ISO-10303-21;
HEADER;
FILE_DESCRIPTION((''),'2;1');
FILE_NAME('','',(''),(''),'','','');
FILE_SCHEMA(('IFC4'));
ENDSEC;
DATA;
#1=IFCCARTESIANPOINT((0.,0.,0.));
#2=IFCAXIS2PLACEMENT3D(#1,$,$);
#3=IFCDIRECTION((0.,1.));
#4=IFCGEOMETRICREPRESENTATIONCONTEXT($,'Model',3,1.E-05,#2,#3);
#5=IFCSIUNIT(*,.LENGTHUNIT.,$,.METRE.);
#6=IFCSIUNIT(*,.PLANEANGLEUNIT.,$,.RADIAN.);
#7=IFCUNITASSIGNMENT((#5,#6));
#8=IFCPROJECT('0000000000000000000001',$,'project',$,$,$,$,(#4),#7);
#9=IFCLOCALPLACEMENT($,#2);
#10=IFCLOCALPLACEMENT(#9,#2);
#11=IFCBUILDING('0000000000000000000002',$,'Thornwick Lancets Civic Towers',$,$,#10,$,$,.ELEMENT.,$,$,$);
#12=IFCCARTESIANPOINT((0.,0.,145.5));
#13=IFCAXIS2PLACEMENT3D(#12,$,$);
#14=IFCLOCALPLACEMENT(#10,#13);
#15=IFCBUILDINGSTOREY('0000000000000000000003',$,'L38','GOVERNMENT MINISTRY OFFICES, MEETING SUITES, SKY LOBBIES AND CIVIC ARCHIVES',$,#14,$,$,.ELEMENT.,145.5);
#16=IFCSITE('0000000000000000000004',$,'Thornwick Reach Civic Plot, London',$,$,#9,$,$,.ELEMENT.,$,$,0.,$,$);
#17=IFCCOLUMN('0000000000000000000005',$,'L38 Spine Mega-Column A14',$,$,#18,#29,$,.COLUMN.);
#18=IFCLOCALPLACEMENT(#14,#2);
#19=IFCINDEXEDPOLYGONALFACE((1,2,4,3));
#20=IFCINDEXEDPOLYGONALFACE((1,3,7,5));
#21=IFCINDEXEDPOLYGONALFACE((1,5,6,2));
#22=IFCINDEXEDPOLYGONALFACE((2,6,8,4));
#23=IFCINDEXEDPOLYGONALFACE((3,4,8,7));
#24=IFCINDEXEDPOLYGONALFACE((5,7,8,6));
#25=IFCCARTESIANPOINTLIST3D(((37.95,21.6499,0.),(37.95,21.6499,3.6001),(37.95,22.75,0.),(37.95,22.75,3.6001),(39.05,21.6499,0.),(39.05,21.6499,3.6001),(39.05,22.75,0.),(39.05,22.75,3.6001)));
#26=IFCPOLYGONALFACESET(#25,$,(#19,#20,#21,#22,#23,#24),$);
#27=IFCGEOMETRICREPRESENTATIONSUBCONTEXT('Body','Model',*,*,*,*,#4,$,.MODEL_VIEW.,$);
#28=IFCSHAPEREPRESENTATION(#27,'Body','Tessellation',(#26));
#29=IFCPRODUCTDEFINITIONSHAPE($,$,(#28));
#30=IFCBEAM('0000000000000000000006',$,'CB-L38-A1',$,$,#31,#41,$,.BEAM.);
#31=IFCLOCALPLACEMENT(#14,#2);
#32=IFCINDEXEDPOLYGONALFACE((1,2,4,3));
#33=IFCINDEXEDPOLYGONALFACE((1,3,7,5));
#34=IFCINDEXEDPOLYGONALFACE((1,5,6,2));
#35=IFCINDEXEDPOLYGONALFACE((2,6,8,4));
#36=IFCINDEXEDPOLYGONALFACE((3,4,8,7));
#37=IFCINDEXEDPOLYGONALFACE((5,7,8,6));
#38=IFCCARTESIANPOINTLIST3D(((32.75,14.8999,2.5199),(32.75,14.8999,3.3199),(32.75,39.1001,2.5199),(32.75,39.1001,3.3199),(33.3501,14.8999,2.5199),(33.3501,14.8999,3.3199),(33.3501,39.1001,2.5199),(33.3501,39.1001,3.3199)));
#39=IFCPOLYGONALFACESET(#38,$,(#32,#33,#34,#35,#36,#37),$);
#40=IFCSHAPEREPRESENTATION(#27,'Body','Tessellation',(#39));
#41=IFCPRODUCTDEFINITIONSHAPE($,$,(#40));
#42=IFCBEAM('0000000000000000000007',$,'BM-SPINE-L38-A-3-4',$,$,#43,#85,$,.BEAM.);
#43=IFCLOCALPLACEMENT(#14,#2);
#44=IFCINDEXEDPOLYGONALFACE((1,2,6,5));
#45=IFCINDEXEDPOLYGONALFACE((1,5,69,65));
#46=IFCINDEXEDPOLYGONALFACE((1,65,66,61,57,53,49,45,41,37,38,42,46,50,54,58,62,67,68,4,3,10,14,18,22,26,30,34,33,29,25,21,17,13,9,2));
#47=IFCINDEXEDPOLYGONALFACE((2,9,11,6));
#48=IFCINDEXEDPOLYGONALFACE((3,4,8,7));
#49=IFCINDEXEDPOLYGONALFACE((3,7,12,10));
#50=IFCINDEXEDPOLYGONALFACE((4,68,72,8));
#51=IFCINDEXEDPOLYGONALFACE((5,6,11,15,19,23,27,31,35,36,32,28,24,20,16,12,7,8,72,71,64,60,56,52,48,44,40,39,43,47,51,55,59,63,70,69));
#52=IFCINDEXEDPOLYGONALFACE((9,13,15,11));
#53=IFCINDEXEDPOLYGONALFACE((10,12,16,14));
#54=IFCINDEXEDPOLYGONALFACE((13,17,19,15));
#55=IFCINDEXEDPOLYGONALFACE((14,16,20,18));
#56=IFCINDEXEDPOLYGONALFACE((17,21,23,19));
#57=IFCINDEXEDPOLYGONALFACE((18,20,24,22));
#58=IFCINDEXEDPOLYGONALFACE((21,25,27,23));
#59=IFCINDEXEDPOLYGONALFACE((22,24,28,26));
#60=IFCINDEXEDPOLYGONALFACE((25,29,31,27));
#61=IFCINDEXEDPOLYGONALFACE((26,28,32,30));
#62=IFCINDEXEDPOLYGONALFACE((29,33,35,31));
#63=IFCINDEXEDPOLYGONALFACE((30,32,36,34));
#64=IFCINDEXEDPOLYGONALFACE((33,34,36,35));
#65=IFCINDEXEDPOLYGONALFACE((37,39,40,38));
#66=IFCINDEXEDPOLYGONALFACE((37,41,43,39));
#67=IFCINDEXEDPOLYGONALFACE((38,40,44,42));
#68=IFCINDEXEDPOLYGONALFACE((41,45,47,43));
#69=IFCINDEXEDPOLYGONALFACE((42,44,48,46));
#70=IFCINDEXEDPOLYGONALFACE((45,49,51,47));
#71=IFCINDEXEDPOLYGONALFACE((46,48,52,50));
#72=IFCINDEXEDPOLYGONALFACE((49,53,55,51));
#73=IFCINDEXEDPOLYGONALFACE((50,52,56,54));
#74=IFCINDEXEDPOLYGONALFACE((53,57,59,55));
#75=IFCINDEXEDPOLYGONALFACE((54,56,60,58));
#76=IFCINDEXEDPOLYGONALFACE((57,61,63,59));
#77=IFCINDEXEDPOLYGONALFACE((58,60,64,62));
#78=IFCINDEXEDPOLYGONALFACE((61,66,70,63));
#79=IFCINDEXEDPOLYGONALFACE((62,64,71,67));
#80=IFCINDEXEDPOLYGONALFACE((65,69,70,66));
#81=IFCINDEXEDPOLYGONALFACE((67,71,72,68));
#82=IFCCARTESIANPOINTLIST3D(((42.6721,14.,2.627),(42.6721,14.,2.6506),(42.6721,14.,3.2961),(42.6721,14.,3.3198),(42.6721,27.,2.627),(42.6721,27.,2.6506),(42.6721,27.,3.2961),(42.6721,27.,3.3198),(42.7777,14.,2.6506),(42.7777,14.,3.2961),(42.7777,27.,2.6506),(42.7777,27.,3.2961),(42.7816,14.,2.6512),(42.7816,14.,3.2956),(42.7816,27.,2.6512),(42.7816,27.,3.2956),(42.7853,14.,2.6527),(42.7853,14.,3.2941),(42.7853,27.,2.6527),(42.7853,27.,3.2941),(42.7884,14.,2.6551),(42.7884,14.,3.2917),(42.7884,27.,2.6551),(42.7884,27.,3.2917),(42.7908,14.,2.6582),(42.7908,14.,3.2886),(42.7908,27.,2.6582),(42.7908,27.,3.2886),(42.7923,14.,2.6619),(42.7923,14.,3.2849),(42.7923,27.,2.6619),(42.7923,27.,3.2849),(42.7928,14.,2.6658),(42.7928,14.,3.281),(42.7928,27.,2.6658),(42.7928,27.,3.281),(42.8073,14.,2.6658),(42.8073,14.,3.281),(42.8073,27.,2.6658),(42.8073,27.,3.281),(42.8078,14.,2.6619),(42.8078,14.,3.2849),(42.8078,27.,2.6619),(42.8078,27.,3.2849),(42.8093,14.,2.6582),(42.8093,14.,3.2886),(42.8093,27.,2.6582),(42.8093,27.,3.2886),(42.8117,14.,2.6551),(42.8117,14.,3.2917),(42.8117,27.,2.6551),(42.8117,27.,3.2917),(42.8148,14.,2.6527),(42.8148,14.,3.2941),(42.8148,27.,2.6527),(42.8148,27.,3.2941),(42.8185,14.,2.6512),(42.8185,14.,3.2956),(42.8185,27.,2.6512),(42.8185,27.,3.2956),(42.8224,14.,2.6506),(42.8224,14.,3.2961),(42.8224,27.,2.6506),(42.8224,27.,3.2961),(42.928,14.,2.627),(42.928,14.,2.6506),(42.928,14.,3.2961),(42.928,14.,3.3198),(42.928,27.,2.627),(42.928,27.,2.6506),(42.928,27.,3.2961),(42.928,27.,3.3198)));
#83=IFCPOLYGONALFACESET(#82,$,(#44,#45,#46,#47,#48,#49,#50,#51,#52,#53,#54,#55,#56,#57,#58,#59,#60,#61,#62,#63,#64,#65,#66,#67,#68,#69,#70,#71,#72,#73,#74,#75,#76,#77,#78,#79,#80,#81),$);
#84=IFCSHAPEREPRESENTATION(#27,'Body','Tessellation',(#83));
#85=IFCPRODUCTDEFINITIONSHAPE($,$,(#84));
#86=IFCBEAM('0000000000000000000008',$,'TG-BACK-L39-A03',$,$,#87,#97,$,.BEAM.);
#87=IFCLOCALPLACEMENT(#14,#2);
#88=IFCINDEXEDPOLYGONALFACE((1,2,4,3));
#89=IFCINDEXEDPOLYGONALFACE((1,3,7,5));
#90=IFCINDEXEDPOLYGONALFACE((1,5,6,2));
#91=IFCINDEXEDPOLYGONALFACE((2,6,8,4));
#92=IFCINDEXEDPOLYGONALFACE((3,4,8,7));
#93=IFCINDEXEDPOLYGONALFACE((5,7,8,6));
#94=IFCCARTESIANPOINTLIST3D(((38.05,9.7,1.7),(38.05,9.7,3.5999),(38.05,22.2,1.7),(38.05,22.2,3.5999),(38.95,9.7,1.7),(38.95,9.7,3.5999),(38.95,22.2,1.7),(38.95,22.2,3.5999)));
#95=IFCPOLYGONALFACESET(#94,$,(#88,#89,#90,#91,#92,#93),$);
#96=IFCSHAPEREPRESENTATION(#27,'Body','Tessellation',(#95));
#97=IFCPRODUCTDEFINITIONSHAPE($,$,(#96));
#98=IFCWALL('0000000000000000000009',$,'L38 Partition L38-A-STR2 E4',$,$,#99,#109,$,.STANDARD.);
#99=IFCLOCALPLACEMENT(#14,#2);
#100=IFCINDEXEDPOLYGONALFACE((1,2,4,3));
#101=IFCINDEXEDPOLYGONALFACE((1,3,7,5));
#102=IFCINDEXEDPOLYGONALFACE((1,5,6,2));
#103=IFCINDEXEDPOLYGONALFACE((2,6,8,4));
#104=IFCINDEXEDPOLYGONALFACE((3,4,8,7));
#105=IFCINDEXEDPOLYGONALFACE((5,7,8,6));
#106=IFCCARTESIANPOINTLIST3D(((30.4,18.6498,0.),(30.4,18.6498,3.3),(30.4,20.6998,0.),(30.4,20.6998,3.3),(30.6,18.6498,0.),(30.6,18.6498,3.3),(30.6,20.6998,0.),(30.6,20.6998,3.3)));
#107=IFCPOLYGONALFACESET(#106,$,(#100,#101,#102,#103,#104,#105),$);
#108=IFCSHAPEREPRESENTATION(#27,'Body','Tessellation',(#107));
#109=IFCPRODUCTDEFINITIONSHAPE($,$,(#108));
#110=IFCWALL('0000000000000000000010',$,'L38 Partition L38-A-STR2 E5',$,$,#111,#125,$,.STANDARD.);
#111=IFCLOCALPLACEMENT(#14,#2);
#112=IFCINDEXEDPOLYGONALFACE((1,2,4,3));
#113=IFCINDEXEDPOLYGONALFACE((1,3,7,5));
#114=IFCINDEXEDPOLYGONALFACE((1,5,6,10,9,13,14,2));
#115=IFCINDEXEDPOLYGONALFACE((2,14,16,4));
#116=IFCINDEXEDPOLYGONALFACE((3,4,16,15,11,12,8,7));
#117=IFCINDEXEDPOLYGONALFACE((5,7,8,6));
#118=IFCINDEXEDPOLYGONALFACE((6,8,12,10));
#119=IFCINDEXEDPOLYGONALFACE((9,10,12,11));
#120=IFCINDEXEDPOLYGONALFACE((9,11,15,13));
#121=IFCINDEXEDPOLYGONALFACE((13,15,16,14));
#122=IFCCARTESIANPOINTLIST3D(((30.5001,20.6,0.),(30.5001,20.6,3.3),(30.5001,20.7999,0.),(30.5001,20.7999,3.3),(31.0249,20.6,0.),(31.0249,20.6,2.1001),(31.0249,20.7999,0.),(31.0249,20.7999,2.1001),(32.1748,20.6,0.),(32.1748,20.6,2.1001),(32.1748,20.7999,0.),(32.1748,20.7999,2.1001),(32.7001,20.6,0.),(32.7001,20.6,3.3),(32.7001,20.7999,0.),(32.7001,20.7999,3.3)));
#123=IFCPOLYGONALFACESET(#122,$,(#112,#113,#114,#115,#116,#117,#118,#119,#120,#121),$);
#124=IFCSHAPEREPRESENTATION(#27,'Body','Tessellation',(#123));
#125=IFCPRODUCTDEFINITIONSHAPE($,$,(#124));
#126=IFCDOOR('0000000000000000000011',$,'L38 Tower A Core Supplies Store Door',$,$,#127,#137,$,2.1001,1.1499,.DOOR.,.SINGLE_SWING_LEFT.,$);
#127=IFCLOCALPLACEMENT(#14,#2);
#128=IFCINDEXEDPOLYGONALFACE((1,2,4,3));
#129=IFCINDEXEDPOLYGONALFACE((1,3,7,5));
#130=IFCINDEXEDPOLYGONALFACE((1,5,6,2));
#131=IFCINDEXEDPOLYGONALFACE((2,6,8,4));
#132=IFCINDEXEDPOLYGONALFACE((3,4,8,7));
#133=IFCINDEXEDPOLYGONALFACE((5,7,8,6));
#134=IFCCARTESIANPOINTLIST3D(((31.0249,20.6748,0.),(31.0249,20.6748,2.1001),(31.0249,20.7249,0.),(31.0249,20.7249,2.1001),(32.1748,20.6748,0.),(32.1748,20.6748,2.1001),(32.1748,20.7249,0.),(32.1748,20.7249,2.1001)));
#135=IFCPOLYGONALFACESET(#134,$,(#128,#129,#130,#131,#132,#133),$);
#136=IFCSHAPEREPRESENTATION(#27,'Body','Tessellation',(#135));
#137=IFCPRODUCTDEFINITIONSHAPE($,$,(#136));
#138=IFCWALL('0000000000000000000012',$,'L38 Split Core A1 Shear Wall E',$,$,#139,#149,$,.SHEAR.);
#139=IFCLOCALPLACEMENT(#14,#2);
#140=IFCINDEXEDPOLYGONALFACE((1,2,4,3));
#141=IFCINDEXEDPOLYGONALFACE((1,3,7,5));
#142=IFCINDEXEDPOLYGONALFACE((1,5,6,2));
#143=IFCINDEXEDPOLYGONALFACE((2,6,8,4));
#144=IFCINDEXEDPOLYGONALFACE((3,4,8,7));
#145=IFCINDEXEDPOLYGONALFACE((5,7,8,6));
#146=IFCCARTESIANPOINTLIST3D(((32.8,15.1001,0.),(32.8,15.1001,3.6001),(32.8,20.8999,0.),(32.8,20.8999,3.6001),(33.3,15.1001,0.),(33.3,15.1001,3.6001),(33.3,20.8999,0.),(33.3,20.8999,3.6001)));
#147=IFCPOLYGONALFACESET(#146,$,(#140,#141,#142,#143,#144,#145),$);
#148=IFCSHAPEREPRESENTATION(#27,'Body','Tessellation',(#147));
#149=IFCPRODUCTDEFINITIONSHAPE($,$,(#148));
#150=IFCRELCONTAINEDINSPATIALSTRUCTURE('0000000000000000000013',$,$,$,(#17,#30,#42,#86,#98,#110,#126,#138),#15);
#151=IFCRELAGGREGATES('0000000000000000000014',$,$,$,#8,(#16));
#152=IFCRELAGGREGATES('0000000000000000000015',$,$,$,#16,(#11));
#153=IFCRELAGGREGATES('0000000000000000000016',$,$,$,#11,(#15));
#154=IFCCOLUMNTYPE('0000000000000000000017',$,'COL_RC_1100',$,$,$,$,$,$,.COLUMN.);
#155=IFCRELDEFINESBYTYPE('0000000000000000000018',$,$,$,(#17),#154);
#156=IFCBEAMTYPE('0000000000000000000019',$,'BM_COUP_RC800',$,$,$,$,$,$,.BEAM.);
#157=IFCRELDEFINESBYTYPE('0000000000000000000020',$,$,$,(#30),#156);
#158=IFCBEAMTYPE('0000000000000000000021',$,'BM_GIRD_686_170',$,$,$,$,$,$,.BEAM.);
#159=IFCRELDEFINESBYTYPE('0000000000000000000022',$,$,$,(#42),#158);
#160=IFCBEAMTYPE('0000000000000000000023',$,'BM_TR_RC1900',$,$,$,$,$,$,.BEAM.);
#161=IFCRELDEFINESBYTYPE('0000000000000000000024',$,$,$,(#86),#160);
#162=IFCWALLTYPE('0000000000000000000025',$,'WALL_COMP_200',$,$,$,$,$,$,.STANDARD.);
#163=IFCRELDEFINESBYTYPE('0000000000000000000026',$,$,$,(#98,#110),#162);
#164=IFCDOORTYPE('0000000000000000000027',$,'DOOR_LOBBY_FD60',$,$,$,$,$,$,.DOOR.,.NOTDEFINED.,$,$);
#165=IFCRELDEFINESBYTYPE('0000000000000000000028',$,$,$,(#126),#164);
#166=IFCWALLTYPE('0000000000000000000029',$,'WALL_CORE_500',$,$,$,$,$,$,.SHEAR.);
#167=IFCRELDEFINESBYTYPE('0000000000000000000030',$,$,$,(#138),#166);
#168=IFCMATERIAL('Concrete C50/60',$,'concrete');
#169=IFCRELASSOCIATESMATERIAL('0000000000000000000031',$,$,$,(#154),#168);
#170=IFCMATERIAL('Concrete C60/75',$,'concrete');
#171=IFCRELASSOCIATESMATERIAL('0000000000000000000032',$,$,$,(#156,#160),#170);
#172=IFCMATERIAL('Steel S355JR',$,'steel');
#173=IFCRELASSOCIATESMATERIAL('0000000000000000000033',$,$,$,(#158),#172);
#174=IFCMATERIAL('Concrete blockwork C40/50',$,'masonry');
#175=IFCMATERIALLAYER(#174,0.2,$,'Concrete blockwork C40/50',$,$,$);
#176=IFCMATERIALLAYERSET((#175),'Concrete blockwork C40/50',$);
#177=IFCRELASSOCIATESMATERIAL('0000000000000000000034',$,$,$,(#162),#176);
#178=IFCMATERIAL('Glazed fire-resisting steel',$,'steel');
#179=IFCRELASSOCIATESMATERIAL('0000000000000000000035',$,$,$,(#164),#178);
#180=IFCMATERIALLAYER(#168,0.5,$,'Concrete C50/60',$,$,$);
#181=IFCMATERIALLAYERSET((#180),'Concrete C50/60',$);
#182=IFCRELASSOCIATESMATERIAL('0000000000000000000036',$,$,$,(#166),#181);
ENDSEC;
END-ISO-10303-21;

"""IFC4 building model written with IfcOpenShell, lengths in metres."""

from ifc_helpers import new_model, si_unit, direction, frame, frame_2d, origin, origin_2d, place, context, subcontext, project, spatial, rectangle, i_section, extrude, material, layer, layer_set, material_profile, profile_set, type_object, element, fill, save


model = new_model("IFC4")

# Units and contexts
model_context = context("Model", 3, precision=1e-05, world=origin(), true_north=direction((0.0, 1.0)))
body_context = subcontext(model_context, "Body", "Model", "MODEL_VIEW")
ifc_project = project(units=[si_unit("LENGTHUNIT", "METRE"), si_unit("PLANEANGLEUNIT", "RADIAN")], contexts=[model_context])

# Site, building, storey
site_placement = place(None, origin())
site = spatial("IfcSite", under=ifc_project, at=site_placement, Name="Thornwick Reach Civic Plot, London", CompositionType="ELEMENT", RefElevation=0.0)
building_placement = place(site_placement, origin())
building = spatial("IfcBuilding", under=site, at=building_placement, Name="Thornwick Lancets Civic Towers", CompositionType="ELEMENT")
storey_placement = place(building_placement, frame((0.0, 0.0, 145.5)))
storey = spatial("IfcBuildingStorey", under=building, at=storey_placement, Name="L38", Description="GOVERNMENT MINISTRY OFFICES, MEETING SUITES, SKY LOBBIES AND CIVIC ARCHIVES", CompositionType="ELEMENT", Elevation=145.5)

# Column
ifc_material_1 = material(Name="Concrete C50/60", Category="concrete")
ifc_material_profile_1 = material_profile(ifc_material_1, rectangle(XDim=1.1001, YDim=1.1001, at=origin_2d()), Name="RC 1100x1100")
ifc_profile_set_1 = profile_set([ifc_material_profile_1], Name="Concrete C50/60")
column_type = type_object("IfcColumnType", Name="COL_RC_1100", PredefinedType="COLUMN", material=ifc_profile_set_1)
column_placement = place(storey_placement, frame((38.5, 22.2, 0.0), z_axis=(0.0, 0.0, 1.0), x_axis=(1.0, 0.0, 0.0)))
element("IfcColumn", 1, at=column_placement, inside=storey, type_object=column_type, Name="L38 Spine Mega-Column A14", PredefinedType="COLUMN", context=body_context, shape_type="SweptSolid", body=[
    extrude(rectangle(XDim=1.1001, YDim=1.1001, at=origin_2d()), origin(), (0.0, 0.0, 1.0), 3.6001),
])

# Beams
ifc_material_2 = material(Name="Concrete C60/75", Category="concrete")
ifc_material_profile_2 = material_profile(ifc_material_2, rectangle(XDim=0.6001, YDim=0.8, at=origin_2d()), Name="RC 600x800")
ifc_profile_set_2 = profile_set([ifc_material_profile_2], Name="Concrete C60/75")
beam_type_1 = type_object("IfcBeamType", Name="BM_COUP_RC800", PredefinedType="BEAM", material=ifc_profile_set_2)
beam_1_placement = place(storey_placement, frame((33.05, 14.8999, 2.9199), z_axis=(0.0, 1.0, 0.0), x_axis=(-1.0, 0.0, 0.0)))
element("IfcBeam", 2, at=beam_1_placement, inside=storey, type_object=beam_type_1, Name="CB-L38-A1", PredefinedType="BEAM", context=body_context, shape_type="SweptSolid", body=[
    extrude(rectangle(XDim=0.6001, YDim=0.8, at=origin_2d()), origin(), (0.0, 0.0, 1.0), 24.2002),
])
ifc_material_3 = material(Name="Steel S355JR", Category="steel")
ifc_material_profile_3 = material_profile(ifc_material_3, i_section(OverallWidth=0.2559, OverallDepth=0.6929, WebThickness=0.0144, FlangeThickness=0.0237, FilletRadius=0.0151, at=origin_2d()), Name="UKB 686x254x170")
ifc_profile_set_3 = profile_set([ifc_material_profile_3], Name="Steel S355JR")
beam_type_2 = type_object("IfcBeamType", Name="BM_GIRD_686_170", PredefinedType="BEAM", material=ifc_profile_set_3)
beam_2_placement = place(storey_placement, frame((42.8, 14.0, 2.9734), z_axis=(0.0, 1.0, 0.0), x_axis=(-1.0, 0.0, 0.0)))
element("IfcBeam", 3, at=beam_2_placement, inside=storey, type_object=beam_type_2, Name="BM-SPINE-L38-A-3-4", PredefinedType="BEAM", context=body_context, shape_type="SweptSolid", body=[
    extrude(i_section(OverallWidth=0.2559, OverallDepth=0.6929, WebThickness=0.0144, FlangeThickness=0.0237, FilletRadius=0.0151, at=origin_2d()), origin(), (0.0, 0.0, 1.0), 13.0),
])
ifc_material_profile_4 = material_profile(ifc_material_2, rectangle(XDim=0.8999, YDim=1.8999, at=origin_2d()), Name="RC 900x1900")
ifc_profile_set_4 = profile_set([ifc_material_profile_4], Name="Concrete C60/75")
beam_type_3 = type_object("IfcBeamType", Name="BM_TR_RC1900", PredefinedType="BEAM", material=ifc_profile_set_4)
beam_3_placement = place(storey_placement, frame((38.5, 22.2, 2.6499), z_axis=(0.0, -1.0, 0.0), x_axis=(1.0, 0.0, 0.0)))
element("IfcBeam", 4, at=beam_3_placement, inside=storey, type_object=beam_type_3, Name="TG-BACK-L39-A03", PredefinedType="BEAM", context=body_context, shape_type="SweptSolid", body=[
    extrude(rectangle(XDim=0.8999, YDim=1.8999, at=origin_2d()), origin(), (0.0, 0.0, 1.0), 12.5),
])

# Wall
ifc_material_4 = material(Name="Concrete blockwork C40/50", Category="masonry")
ifc_layer_1 = layer(ifc_material_4, 0.2, Name="Concrete blockwork C40/50")
ifc_layer_set_1 = layer_set([ifc_layer_1], Name="Concrete blockwork C40/50")
wall_type_1 = type_object("IfcWallType", Name="WALL_COMP_200", PredefinedType="STANDARD", material=ifc_layer_set_1)
wall_1_placement = place(storey_placement, frame((30.5, 18.6499, 0.0), z_axis=(0.0, 0.0, 1.0), x_axis=(0.0, 1.0, 0.0)))
element("IfcWall", 5, at=wall_1_placement, inside=storey, type_object=wall_type_1, Name="L38 Partition L38-A-STR2 E4", PredefinedType="STANDARD", context=body_context, shape_type="SweptSolid", body=[
    extrude(rectangle(XDim=2.05, YDim=0.2, at=frame_2d((1.0249, 0.0))), origin(), (0.0, 0.0, 1.0), 3.3),
])

# Wall, opening, door
wall_2_placement = place(storey_placement, frame((30.5, 20.7, 0.0), z_axis=(0.0, 0.0, 1.0), x_axis=(1.0, 0.0, 0.0)))
wall_2 = element("IfcWall", 6, at=wall_2_placement, inside=storey, type_object=wall_type_1, Name="L38 Partition L38-A-STR2 E5", PredefinedType="STANDARD", context=body_context, shape_type="SweptSolid", body=[
    extrude(rectangle(XDim=2.2, YDim=0.2, at=frame_2d((1.1001, 0.0))), origin(), (0.0, 0.0, 1.0), 3.3),
])
opening_1_placement = place(wall_2_placement, frame((0.5249, 0.0, 0.0)))
opening_1 = element("IfcOpeningElement", 7, at=opening_1_placement, cuts=wall_2, PredefinedType="OPENING", context=body_context, shape_type="SweptSolid", body=[
    extrude(rectangle(XDim=1.1499, YDim=2.1001, at=frame_2d((0.575, 1.05))), frame((0.0, 0.1099, 0.0), z_axis=(0.0, -1.0, 0.0), x_axis=(1.0, 0.0, 0.0)), (0.0, 0.0, 1.0), 0.22),
])
ifc_material_5 = material(Name="Glazed fire-resisting steel", Category="steel")
door_type_1 = type_object("IfcDoorType", Name="DOOR_LOBBY_FD60", OperationType="NOTDEFINED", PredefinedType="DOOR", material=ifc_material_5)
door_1_placement = place(opening_1_placement, origin())
door_1 = element("IfcDoor", 8, at=door_1_placement, inside=storey, type_object=door_type_1, Name="L38 Tower A Core Supplies Store Door", OperationType="SINGLE_SWING_LEFT", OverallHeight=2.1001, OverallWidth=1.1499, PredefinedType="DOOR", context=body_context, shape_type="SweptSolid", body=[
    extrude(rectangle(XDim=1.1499, YDim=2.1001, at=frame_2d((0.575, 1.05))), frame((0.0, 0.0249, 0.0), z_axis=(0.0, -1.0, 0.0), x_axis=(1.0, 0.0, 0.0)), (0.0, 0.0, 1.0), 0.05),
])
fill(opening_1, door_1)

# Wall
ifc_layer_2 = layer(ifc_material_1, 0.5, Name="Concrete C50/60")
ifc_layer_set_2 = layer_set([ifc_layer_2], Name="Concrete C50/60")
wall_type_2 = type_object("IfcWallType", Name="WALL_CORE_500", PredefinedType="SHEAR", material=ifc_layer_set_2)
wall_3_placement = place(storey_placement, frame((33.05, 15.1001, 0.0), z_axis=(0.0, 0.0, 1.0), x_axis=(0.0, 1.0, 0.0)))
element("IfcWall", 9, at=wall_3_placement, inside=storey, type_object=wall_type_2, Name="L38 Split Core A1 Shear Wall E", PredefinedType="SHEAR", context=body_context, shape_type="SweptSolid", body=[
    extrude(rectangle(XDim=5.7998, YDim=0.5, at=frame_2d((2.8999, 0.0))), origin(), (0.0, 0.0, 1.0), 3.6001),
])

save(model, "model.ifc")
